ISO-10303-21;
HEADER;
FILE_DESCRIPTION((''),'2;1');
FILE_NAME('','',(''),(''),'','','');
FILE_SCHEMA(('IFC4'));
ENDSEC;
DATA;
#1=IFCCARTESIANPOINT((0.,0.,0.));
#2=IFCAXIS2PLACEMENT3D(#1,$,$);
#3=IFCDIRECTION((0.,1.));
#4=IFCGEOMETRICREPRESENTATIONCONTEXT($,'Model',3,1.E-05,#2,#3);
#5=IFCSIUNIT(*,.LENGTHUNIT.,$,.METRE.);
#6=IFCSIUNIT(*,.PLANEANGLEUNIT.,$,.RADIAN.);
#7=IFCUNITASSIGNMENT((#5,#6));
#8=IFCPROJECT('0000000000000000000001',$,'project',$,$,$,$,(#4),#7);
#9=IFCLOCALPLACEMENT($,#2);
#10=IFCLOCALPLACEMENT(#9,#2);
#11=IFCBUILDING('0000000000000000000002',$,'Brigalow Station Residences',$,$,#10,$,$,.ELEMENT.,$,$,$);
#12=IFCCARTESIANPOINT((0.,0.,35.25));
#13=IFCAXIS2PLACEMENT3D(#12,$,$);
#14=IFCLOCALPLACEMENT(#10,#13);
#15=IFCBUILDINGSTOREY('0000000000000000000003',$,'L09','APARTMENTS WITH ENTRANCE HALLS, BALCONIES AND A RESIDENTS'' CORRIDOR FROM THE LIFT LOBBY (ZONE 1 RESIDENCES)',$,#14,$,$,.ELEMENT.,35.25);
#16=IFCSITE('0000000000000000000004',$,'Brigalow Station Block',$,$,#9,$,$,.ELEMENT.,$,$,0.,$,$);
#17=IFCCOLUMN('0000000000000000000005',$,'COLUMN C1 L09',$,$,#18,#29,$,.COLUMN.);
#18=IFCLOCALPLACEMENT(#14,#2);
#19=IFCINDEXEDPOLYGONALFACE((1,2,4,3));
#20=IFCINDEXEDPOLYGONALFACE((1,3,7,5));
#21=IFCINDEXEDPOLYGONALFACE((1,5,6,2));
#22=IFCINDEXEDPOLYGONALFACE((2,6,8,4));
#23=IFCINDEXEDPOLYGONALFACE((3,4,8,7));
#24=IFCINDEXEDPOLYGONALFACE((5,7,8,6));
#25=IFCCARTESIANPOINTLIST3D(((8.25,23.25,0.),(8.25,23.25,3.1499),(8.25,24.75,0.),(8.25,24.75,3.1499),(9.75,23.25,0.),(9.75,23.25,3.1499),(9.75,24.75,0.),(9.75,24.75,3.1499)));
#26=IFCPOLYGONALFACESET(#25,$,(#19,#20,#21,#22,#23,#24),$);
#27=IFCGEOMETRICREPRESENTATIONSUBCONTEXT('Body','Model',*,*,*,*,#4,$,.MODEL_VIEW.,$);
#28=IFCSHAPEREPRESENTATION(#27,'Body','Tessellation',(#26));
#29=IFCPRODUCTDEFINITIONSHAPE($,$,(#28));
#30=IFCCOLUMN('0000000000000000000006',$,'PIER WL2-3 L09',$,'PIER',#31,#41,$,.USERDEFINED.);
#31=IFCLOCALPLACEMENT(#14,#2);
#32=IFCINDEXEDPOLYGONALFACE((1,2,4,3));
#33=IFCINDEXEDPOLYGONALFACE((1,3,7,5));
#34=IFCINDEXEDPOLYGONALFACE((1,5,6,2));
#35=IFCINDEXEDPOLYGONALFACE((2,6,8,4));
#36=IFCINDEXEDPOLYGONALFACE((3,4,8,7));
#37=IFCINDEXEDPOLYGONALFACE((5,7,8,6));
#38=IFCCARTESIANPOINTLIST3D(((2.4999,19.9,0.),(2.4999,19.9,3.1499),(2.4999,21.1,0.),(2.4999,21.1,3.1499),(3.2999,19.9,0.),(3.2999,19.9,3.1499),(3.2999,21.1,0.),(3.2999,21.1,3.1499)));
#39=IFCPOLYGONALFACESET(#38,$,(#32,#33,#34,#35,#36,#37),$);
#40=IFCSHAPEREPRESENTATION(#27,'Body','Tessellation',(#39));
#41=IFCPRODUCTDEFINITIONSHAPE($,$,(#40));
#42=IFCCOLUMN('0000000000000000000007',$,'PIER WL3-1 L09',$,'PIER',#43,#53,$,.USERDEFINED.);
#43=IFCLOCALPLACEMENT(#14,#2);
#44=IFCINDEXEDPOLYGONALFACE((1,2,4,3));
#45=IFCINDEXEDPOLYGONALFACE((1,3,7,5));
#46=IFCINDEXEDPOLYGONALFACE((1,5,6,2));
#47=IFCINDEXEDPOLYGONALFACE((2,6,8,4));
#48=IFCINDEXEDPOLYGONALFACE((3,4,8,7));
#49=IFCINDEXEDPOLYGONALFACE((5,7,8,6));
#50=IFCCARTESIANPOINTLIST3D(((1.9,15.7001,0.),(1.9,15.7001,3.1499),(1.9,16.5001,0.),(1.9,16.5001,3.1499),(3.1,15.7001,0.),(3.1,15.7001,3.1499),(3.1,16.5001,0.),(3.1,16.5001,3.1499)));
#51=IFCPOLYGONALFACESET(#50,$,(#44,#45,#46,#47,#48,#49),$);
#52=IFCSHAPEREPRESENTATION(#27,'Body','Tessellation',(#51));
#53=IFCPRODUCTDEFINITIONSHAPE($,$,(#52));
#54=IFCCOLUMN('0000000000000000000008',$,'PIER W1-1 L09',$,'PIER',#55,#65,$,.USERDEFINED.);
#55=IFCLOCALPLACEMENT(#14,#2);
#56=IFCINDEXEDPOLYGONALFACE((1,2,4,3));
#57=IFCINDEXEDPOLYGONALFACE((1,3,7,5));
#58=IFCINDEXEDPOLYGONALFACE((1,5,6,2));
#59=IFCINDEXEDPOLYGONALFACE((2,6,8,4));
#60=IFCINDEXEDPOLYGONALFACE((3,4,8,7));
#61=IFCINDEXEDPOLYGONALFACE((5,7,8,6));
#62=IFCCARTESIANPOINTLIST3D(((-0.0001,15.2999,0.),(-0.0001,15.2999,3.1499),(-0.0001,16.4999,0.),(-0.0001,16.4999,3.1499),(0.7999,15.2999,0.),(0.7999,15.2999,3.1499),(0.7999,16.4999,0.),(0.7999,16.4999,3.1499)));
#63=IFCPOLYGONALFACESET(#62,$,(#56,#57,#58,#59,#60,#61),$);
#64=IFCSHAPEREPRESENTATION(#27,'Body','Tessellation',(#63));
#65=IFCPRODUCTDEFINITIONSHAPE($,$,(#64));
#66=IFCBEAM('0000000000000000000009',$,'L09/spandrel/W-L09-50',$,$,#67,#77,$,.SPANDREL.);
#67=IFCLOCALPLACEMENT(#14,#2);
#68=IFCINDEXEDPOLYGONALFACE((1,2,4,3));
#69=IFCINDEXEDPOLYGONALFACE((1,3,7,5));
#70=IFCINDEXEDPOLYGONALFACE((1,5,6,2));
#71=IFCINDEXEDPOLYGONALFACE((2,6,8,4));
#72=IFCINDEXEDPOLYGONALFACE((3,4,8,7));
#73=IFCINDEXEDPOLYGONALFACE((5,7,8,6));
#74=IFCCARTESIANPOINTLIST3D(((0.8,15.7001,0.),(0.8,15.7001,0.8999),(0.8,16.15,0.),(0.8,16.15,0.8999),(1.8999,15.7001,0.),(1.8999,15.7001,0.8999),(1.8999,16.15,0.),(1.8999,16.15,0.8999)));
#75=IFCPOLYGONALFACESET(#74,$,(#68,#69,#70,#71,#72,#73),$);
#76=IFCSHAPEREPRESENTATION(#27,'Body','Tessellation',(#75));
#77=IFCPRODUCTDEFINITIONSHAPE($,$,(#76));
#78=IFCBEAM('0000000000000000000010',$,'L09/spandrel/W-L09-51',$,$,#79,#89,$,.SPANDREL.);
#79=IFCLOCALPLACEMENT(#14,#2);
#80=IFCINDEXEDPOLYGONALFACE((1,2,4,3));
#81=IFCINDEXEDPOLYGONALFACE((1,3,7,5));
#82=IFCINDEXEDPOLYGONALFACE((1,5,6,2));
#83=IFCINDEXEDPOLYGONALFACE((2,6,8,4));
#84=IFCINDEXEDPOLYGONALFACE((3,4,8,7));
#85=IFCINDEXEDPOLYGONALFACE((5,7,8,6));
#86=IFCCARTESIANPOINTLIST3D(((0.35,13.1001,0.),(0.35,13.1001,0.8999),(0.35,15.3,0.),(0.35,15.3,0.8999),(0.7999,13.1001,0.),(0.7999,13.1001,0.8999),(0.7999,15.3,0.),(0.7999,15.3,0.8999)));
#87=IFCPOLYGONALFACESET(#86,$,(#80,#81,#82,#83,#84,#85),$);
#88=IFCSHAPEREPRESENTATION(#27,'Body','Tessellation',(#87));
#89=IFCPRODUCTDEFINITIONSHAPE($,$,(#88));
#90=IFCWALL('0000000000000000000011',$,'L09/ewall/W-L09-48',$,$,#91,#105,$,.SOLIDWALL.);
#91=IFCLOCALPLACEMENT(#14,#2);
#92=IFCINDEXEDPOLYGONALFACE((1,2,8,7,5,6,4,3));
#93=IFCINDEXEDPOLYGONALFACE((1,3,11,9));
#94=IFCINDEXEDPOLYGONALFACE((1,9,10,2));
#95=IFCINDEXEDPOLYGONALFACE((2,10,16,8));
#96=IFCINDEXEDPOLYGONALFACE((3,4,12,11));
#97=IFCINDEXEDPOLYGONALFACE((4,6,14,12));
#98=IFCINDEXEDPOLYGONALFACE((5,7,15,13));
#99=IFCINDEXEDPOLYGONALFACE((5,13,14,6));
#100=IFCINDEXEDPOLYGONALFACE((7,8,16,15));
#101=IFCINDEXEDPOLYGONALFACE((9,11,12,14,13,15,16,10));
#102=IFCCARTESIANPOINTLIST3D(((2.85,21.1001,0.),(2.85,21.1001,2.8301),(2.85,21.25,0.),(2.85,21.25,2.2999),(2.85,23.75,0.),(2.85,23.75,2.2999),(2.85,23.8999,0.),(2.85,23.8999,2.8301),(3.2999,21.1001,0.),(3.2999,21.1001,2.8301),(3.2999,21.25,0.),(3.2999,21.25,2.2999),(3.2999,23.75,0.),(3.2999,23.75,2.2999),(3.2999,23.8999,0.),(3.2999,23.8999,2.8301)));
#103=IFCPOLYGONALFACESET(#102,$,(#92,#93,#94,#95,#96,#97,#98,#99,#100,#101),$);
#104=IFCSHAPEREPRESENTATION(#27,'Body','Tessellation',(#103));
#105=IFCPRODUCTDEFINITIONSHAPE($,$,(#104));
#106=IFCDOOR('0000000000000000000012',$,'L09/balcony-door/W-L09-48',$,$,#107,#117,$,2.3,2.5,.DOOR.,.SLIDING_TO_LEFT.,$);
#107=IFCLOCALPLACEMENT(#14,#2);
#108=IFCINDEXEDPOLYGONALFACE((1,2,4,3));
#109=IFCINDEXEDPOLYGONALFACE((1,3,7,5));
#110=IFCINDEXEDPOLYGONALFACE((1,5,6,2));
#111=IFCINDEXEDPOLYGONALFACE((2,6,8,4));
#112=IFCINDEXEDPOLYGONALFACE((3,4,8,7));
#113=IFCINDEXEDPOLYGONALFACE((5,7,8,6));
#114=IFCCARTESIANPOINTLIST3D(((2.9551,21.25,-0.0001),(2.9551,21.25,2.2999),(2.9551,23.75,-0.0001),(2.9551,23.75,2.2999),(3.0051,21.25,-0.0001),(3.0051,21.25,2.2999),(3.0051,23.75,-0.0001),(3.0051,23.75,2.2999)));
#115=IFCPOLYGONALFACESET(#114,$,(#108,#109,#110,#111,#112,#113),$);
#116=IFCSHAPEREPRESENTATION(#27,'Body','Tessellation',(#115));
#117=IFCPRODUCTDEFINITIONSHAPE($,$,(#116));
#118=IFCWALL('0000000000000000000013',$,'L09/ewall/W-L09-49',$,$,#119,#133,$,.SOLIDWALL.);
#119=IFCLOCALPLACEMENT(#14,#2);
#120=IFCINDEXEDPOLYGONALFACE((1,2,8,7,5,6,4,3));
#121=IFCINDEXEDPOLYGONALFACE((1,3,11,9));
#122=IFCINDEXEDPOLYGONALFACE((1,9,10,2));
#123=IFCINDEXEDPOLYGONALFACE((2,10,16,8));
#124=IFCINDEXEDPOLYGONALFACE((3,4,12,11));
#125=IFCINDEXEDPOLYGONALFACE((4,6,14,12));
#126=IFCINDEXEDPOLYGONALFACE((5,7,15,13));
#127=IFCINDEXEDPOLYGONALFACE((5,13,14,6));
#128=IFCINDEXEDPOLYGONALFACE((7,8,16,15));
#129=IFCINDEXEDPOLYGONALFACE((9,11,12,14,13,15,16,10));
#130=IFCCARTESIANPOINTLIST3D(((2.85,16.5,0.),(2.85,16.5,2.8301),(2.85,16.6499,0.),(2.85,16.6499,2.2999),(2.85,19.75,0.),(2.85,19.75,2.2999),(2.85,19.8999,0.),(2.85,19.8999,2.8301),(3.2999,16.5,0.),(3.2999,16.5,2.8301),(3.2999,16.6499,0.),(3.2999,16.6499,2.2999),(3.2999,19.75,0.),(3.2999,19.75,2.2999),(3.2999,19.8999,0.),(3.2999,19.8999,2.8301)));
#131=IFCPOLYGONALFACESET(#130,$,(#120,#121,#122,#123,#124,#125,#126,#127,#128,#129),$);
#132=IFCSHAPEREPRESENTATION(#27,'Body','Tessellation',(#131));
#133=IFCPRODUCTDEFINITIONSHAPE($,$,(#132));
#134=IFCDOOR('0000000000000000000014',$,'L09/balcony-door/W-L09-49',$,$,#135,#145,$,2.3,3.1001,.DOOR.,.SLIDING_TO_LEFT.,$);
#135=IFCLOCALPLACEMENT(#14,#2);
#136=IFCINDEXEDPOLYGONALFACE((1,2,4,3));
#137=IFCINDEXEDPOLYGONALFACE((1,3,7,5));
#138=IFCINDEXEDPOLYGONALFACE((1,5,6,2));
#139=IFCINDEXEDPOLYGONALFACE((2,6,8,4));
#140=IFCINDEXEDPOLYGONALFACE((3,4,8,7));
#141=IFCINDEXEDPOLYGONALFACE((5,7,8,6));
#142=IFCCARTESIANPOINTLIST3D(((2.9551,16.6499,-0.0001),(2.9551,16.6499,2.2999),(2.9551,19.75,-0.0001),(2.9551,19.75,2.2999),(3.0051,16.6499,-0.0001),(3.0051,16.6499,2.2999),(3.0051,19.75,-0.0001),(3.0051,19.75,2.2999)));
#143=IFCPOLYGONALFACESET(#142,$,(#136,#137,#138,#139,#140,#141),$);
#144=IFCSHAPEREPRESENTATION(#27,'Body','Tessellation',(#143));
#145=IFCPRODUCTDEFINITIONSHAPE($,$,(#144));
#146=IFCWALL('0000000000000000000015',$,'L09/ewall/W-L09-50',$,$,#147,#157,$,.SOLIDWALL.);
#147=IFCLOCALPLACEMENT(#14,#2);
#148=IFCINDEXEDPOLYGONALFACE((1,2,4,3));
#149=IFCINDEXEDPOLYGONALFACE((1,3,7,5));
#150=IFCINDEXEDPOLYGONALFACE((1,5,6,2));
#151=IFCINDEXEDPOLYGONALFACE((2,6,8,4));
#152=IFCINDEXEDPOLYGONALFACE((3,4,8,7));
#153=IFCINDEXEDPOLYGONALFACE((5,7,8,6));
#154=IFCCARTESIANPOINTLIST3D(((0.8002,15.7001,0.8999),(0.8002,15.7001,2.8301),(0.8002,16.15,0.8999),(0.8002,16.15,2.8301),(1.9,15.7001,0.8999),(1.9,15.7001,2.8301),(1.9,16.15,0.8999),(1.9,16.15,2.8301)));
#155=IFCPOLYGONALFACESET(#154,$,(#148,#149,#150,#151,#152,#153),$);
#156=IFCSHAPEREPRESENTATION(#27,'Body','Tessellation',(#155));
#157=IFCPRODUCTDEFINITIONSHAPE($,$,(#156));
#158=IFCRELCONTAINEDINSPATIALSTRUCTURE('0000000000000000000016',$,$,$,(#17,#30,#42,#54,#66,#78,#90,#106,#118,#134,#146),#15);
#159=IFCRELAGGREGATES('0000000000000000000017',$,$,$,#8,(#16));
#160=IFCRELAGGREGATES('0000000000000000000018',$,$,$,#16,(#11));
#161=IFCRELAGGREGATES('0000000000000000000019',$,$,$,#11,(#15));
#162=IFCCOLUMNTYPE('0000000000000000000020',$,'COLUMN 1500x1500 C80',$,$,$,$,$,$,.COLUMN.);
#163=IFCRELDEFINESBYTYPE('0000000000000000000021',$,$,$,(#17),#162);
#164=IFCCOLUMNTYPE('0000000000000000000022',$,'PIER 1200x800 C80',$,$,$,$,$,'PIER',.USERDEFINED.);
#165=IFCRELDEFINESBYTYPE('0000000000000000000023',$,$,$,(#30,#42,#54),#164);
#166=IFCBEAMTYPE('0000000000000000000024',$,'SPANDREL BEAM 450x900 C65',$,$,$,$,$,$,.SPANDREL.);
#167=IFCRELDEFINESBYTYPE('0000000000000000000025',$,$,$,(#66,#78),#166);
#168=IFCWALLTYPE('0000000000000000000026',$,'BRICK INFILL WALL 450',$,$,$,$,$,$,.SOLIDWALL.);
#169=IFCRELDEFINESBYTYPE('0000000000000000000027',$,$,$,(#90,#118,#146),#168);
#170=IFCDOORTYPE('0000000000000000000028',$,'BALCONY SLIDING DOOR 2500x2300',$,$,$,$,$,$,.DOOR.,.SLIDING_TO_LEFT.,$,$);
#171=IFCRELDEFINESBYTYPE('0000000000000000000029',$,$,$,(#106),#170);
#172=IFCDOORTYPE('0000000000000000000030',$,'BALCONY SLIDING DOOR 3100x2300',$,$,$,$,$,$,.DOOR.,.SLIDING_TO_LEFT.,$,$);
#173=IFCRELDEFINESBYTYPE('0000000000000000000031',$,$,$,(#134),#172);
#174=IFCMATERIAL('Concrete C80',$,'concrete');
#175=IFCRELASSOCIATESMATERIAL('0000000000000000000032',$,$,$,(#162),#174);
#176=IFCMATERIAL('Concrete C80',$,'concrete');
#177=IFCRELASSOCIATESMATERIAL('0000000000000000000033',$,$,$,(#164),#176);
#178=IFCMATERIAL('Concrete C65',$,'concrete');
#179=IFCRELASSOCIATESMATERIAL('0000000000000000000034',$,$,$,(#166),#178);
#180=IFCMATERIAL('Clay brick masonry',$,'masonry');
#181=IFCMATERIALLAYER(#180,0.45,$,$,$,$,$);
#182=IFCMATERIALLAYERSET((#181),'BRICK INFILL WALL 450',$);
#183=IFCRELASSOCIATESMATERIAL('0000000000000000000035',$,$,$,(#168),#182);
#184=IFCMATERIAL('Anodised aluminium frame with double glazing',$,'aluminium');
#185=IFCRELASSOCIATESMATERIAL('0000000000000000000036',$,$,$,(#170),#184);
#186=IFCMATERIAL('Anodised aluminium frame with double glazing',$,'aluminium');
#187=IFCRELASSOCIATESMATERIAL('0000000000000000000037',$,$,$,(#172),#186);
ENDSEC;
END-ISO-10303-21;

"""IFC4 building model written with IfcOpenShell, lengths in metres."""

from ifc_helpers import new_model, si_unit, direction, frame, frame_2d, origin, origin_2d, place, context, subcontext, project, spatial, rectangle, extrude, material, layer, layer_set, material_profile, profile_set, type_object, element, fill, save


model = new_model("IFC4")

# Units and contexts
model_context = context("Model", 3, precision=1e-05, world=origin(), true_north=direction((0.0, 1.0)))
body_context = subcontext(model_context, "Body", "Model", "MODEL_VIEW")
ifc_project = project(units=[si_unit("LENGTHUNIT", "METRE"), si_unit("PLANEANGLEUNIT", "RADIAN")], contexts=[model_context])

# Site, building, storey
site_placement = place(None, origin())
site = spatial("IfcSite", under=ifc_project, at=site_placement, Name="Brigalow Station Block", CompositionType="ELEMENT", RefElevation=0.0)
building_placement = place(site_placement, origin())
building = spatial("IfcBuilding", under=site, at=building_placement, Name="Brigalow Station Residences", CompositionType="ELEMENT")
storey_placement = place(building_placement, frame((0.0, 0.0, 35.25)))
storey = spatial("IfcBuildingStorey", under=building, at=storey_placement, Name="L09", Description="APARTMENTS WITH ENTRANCE HALLS, BALCONIES AND A RESIDENTS' CORRIDOR FROM THE LIFT LOBBY (ZONE 1 RESIDENCES)", CompositionType="ELEMENT", Elevation=35.25)

# Columns
ifc_material_1 = material(Name="Concrete C80", Category="concrete")
ifc_material_profile_1 = material_profile(ifc_material_1, rectangle(XDim=1.5, YDim=1.5, at=origin_2d()), Name="RC1500x1500")
ifc_profile_set_1 = profile_set([ifc_material_profile_1], Name="Concrete C80")
column_type_1 = type_object("IfcColumnType", Name="COLUMN 1500x1500 C80", PredefinedType="COLUMN", material=ifc_profile_set_1)
column_placement = place(storey_placement, frame((9.0, 24.0, 0.0), z_axis=(0.0, 0.0, 1.0), x_axis=(1.0, 0.0, 0.0)))
element("IfcColumn", 1, at=column_placement, inside=storey, type_object=column_type_1, Name="COLUMN C1 L09", PredefinedType="COLUMN", context=body_context, shape_type="SweptSolid", body=[
    extrude(rectangle(XDim=1.5, YDim=1.5, at=origin_2d()), origin(), (0.0, 0.0, 1.0), 3.1499),
])
ifc_material_2 = material(Name="Concrete C80", Category="concrete")
ifc_material_profile_2 = material_profile(ifc_material_2, rectangle(XDim=1.2, YDim=0.8, at=origin_2d()), Name="RC1200x800")
ifc_profile_set_2 = profile_set([ifc_material_profile_2], Name="Concrete C80")
column_type_2 = type_object("IfcColumnType", Name="PIER 1200x800 C80", ElementType="PIER", PredefinedType="USERDEFINED", material=ifc_profile_set_2)
for number, where, z_axis, x_axis, name in (
    (2, (2.8999, 20.5, 0.0), (0.0, 0.0, 1.0), (0.0, -1.0, 0.0), "PIER WL2-3 L09"),
    (3, (2.5, 16.1001, 0.0), (0.0, 0.0, 1.0), (-1.0, 0.0, 0.0), "PIER WL3-1 L09"),
    (4, (0.3999, 15.8999, 0.0), (0.0, 0.0, 1.0), (0.0, -1.0, 0.0), "PIER W1-1 L09"),
):
    element("IfcColumn", number, at=place(storey_placement, frame(where, z_axis=z_axis, x_axis=x_axis)), inside=storey, type_object=column_type_2, Name=name, ObjectType="PIER", PredefinedType="USERDEFINED", context=body_context, shape_type="SweptSolid", body=[
        extrude(rectangle(XDim=1.2, YDim=0.8, at=origin_2d()), origin(), (0.0, 0.0, 1.0), 3.1499),
    ])

# Beams
ifc_material_3 = material(Name="Concrete C65", Category="concrete")
ifc_material_profile_3 = material_profile(ifc_material_3, rectangle(XDim=0.45, YDim=0.8999, at=origin_2d()), Name="RC450x900")
ifc_profile_set_3 = profile_set([ifc_material_profile_3], Name="Concrete C65")
beam_type = type_object("IfcBeamType", Name="SPANDREL BEAM 450x900 C65", PredefinedType="SPANDREL", material=ifc_profile_set_3)
beam_1_placement = place(storey_placement, frame((1.8999, 15.925, 0.45), z_axis=(-1.0, 0.0, 0.0), x_axis=(0.0, -1.0, 0.0)))
element("IfcBeam", 5, at=beam_1_placement, inside=storey, type_object=beam_type, Name="L09/spandrel/W-L09-50", PredefinedType="SPANDREL", context=body_context, shape_type="SweptSolid", body=[
    extrude(rectangle(XDim=0.45, YDim=0.8999, at=origin_2d()), origin(), (0.0, 0.0, 1.0), 1.0999),
])
beam_2_placement = place(storey_placement, frame((0.575, 15.3, 0.45), z_axis=(0.0, -1.0, 0.0), x_axis=(1.0, 0.0, 0.0)))
element("IfcBeam", 6, at=beam_2_placement, inside=storey, type_object=beam_type, Name="L09/spandrel/W-L09-51", PredefinedType="SPANDREL", context=body_context, shape_type="SweptSolid", body=[
    extrude(rectangle(XDim=0.45, YDim=0.8999, at=origin_2d()), origin(), (0.0, 0.0, 1.0), 2.2),
])

# Walls, openings, doors
ifc_material_4 = material(Name="Clay brick masonry", Category="masonry")
ifc_layer_1 = layer(ifc_material_4, 0.45)
ifc_layer_set_1 = layer_set([ifc_layer_1], Name="BRICK INFILL WALL 450")
wall_type_1 = type_object("IfcWallType", Name="BRICK INFILL WALL 450", PredefinedType="SOLIDWALL", material=ifc_layer_set_1)
wall_1_placement = place(storey_placement, frame((3.075, 23.8999, 0.0), z_axis=(0.0, 0.0, 1.0), x_axis=(0.0, -1.0, 0.0)))
wall_1 = element("IfcWall", 7, at=wall_1_placement, inside=storey, type_object=wall_type_1, Name="L09/ewall/W-L09-48", PredefinedType="SOLIDWALL", context=body_context, shape_type="SweptSolid", body=[
    extrude(rectangle(XDim=2.7998, YDim=0.45, at=frame_2d((1.3999, 0.0))), origin(), (0.0, 0.0, 1.0), 2.8301),
])
opening_1_placement = place(wall_1_placement, frame((0.1499, 0.0, 0.0)))
opening_1 = element("IfcOpeningElement", 8, at=opening_1_placement, cuts=wall_1, PredefinedType="OPENING", context=body_context, shape_type="SweptSolid", body=[
    extrude(rectangle(XDim=2.5, YDim=2.3, at=frame_2d((1.25, 1.1499))), frame((0.0, 0.2349, 0.0), z_axis=(0.0, -1.0, 0.0), x_axis=(1.0, 0.0, 0.0)), (0.0, 0.0, 1.0), 0.47),
])
ifc_material_5 = material(Name="Anodised aluminium frame with double glazing", Category="aluminium")
door_type_1 = type_object("IfcDoorType", Name="BALCONY SLIDING DOOR 2500x2300", OperationType="SLIDING_TO_LEFT", PredefinedType="DOOR", material=ifc_material_5)
door_1_placement = place(opening_1_placement, origin())
door_1 = element("IfcDoor", 9, at=door_1_placement, inside=storey, type_object=door_type_1, Name="L09/balcony-door/W-L09-48", OperationType="SLIDING_TO_LEFT", OverallHeight=2.3, OverallWidth=2.5, PredefinedType="DOOR", context=body_context, shape_type="SweptSolid", body=[
    extrude(rectangle(XDim=2.5, YDim=2.3, at=frame_2d((1.25, 1.1499))), frame((0.0, -0.0698, 0.0), z_axis=(0.0, -1.0, 0.0), x_axis=(1.0, 0.0, 0.0)), (0.0, 0.0, 1.0), 0.05),
])
fill(opening_1, door_1)
wall_2_placement = place(storey_placement, frame((3.075, 19.8999, 0.0), z_axis=(0.0, 0.0, 1.0), x_axis=(0.0, -1.0, 0.0)))
wall_2 = element("IfcWall", 10, at=wall_2_placement, inside=storey, type_object=wall_type_1, Name="L09/ewall/W-L09-49", PredefinedType="SOLIDWALL", context=body_context, shape_type="SweptSolid", body=[
    extrude(rectangle(XDim=3.3999, YDim=0.45, at=frame_2d((1.7, 0.0))), origin(), (0.0, 0.0, 1.0), 2.8301),
])
opening_2_placement = place(wall_2_placement, frame((0.1499, 0.0, 0.0)))
opening_2 = element("IfcOpeningElement", 11, at=opening_2_placement, cuts=wall_2, PredefinedType="OPENING", context=body_context, shape_type="SweptSolid", body=[
    extrude(rectangle(XDim=3.1001, YDim=2.3, at=frame_2d((1.55, 1.1499))), frame((0.0, 0.2349, 0.0), z_axis=(0.0, -1.0, 0.0), x_axis=(1.0, 0.0, 0.0)), (0.0, 0.0, 1.0), 0.47),
])
ifc_material_6 = material(Name="Anodised aluminium frame with double glazing", Category="aluminium")
door_type_2 = type_object("IfcDoorType", Name="BALCONY SLIDING DOOR 3100x2300", OperationType="SLIDING_TO_LEFT", PredefinedType="DOOR", material=ifc_material_6)
door_2_placement = place(opening_2_placement, origin())
door_2 = element("IfcDoor", 12, at=door_2_placement, inside=storey, type_object=door_type_2, Name="L09/balcony-door/W-L09-49", OperationType="SLIDING_TO_LEFT", OverallHeight=2.3, OverallWidth=3.1001, PredefinedType="DOOR", context=body_context, shape_type="SweptSolid", body=[
    extrude(rectangle(XDim=3.1001, YDim=2.3, at=frame_2d((1.55, 1.1499))), frame((0.0, -0.0698, 0.0), z_axis=(0.0, -1.0, 0.0), x_axis=(1.0, 0.0, 0.0)), (0.0, 0.0, 1.0), 0.05),
])
fill(opening_2, door_2)

# Wall
wall_3_placement = place(storey_placement, frame((1.8999, 15.925, 0.8999), z_axis=(0.0, 0.0, 1.0), x_axis=(-1.0, 0.0, 0.0)))
element("IfcWall", 13, at=wall_3_placement, inside=storey, type_object=wall_type_1, Name="L09/ewall/W-L09-50", PredefinedType="SOLIDWALL", context=body_context, shape_type="SweptSolid", body=[
    extrude(rectangle(XDim=1.0999, YDim=0.45, at=frame_2d((0.5498, 0.0))), origin(), (0.0, 0.0, 1.0), 1.9302),
])

save(model, "model.ifc")
